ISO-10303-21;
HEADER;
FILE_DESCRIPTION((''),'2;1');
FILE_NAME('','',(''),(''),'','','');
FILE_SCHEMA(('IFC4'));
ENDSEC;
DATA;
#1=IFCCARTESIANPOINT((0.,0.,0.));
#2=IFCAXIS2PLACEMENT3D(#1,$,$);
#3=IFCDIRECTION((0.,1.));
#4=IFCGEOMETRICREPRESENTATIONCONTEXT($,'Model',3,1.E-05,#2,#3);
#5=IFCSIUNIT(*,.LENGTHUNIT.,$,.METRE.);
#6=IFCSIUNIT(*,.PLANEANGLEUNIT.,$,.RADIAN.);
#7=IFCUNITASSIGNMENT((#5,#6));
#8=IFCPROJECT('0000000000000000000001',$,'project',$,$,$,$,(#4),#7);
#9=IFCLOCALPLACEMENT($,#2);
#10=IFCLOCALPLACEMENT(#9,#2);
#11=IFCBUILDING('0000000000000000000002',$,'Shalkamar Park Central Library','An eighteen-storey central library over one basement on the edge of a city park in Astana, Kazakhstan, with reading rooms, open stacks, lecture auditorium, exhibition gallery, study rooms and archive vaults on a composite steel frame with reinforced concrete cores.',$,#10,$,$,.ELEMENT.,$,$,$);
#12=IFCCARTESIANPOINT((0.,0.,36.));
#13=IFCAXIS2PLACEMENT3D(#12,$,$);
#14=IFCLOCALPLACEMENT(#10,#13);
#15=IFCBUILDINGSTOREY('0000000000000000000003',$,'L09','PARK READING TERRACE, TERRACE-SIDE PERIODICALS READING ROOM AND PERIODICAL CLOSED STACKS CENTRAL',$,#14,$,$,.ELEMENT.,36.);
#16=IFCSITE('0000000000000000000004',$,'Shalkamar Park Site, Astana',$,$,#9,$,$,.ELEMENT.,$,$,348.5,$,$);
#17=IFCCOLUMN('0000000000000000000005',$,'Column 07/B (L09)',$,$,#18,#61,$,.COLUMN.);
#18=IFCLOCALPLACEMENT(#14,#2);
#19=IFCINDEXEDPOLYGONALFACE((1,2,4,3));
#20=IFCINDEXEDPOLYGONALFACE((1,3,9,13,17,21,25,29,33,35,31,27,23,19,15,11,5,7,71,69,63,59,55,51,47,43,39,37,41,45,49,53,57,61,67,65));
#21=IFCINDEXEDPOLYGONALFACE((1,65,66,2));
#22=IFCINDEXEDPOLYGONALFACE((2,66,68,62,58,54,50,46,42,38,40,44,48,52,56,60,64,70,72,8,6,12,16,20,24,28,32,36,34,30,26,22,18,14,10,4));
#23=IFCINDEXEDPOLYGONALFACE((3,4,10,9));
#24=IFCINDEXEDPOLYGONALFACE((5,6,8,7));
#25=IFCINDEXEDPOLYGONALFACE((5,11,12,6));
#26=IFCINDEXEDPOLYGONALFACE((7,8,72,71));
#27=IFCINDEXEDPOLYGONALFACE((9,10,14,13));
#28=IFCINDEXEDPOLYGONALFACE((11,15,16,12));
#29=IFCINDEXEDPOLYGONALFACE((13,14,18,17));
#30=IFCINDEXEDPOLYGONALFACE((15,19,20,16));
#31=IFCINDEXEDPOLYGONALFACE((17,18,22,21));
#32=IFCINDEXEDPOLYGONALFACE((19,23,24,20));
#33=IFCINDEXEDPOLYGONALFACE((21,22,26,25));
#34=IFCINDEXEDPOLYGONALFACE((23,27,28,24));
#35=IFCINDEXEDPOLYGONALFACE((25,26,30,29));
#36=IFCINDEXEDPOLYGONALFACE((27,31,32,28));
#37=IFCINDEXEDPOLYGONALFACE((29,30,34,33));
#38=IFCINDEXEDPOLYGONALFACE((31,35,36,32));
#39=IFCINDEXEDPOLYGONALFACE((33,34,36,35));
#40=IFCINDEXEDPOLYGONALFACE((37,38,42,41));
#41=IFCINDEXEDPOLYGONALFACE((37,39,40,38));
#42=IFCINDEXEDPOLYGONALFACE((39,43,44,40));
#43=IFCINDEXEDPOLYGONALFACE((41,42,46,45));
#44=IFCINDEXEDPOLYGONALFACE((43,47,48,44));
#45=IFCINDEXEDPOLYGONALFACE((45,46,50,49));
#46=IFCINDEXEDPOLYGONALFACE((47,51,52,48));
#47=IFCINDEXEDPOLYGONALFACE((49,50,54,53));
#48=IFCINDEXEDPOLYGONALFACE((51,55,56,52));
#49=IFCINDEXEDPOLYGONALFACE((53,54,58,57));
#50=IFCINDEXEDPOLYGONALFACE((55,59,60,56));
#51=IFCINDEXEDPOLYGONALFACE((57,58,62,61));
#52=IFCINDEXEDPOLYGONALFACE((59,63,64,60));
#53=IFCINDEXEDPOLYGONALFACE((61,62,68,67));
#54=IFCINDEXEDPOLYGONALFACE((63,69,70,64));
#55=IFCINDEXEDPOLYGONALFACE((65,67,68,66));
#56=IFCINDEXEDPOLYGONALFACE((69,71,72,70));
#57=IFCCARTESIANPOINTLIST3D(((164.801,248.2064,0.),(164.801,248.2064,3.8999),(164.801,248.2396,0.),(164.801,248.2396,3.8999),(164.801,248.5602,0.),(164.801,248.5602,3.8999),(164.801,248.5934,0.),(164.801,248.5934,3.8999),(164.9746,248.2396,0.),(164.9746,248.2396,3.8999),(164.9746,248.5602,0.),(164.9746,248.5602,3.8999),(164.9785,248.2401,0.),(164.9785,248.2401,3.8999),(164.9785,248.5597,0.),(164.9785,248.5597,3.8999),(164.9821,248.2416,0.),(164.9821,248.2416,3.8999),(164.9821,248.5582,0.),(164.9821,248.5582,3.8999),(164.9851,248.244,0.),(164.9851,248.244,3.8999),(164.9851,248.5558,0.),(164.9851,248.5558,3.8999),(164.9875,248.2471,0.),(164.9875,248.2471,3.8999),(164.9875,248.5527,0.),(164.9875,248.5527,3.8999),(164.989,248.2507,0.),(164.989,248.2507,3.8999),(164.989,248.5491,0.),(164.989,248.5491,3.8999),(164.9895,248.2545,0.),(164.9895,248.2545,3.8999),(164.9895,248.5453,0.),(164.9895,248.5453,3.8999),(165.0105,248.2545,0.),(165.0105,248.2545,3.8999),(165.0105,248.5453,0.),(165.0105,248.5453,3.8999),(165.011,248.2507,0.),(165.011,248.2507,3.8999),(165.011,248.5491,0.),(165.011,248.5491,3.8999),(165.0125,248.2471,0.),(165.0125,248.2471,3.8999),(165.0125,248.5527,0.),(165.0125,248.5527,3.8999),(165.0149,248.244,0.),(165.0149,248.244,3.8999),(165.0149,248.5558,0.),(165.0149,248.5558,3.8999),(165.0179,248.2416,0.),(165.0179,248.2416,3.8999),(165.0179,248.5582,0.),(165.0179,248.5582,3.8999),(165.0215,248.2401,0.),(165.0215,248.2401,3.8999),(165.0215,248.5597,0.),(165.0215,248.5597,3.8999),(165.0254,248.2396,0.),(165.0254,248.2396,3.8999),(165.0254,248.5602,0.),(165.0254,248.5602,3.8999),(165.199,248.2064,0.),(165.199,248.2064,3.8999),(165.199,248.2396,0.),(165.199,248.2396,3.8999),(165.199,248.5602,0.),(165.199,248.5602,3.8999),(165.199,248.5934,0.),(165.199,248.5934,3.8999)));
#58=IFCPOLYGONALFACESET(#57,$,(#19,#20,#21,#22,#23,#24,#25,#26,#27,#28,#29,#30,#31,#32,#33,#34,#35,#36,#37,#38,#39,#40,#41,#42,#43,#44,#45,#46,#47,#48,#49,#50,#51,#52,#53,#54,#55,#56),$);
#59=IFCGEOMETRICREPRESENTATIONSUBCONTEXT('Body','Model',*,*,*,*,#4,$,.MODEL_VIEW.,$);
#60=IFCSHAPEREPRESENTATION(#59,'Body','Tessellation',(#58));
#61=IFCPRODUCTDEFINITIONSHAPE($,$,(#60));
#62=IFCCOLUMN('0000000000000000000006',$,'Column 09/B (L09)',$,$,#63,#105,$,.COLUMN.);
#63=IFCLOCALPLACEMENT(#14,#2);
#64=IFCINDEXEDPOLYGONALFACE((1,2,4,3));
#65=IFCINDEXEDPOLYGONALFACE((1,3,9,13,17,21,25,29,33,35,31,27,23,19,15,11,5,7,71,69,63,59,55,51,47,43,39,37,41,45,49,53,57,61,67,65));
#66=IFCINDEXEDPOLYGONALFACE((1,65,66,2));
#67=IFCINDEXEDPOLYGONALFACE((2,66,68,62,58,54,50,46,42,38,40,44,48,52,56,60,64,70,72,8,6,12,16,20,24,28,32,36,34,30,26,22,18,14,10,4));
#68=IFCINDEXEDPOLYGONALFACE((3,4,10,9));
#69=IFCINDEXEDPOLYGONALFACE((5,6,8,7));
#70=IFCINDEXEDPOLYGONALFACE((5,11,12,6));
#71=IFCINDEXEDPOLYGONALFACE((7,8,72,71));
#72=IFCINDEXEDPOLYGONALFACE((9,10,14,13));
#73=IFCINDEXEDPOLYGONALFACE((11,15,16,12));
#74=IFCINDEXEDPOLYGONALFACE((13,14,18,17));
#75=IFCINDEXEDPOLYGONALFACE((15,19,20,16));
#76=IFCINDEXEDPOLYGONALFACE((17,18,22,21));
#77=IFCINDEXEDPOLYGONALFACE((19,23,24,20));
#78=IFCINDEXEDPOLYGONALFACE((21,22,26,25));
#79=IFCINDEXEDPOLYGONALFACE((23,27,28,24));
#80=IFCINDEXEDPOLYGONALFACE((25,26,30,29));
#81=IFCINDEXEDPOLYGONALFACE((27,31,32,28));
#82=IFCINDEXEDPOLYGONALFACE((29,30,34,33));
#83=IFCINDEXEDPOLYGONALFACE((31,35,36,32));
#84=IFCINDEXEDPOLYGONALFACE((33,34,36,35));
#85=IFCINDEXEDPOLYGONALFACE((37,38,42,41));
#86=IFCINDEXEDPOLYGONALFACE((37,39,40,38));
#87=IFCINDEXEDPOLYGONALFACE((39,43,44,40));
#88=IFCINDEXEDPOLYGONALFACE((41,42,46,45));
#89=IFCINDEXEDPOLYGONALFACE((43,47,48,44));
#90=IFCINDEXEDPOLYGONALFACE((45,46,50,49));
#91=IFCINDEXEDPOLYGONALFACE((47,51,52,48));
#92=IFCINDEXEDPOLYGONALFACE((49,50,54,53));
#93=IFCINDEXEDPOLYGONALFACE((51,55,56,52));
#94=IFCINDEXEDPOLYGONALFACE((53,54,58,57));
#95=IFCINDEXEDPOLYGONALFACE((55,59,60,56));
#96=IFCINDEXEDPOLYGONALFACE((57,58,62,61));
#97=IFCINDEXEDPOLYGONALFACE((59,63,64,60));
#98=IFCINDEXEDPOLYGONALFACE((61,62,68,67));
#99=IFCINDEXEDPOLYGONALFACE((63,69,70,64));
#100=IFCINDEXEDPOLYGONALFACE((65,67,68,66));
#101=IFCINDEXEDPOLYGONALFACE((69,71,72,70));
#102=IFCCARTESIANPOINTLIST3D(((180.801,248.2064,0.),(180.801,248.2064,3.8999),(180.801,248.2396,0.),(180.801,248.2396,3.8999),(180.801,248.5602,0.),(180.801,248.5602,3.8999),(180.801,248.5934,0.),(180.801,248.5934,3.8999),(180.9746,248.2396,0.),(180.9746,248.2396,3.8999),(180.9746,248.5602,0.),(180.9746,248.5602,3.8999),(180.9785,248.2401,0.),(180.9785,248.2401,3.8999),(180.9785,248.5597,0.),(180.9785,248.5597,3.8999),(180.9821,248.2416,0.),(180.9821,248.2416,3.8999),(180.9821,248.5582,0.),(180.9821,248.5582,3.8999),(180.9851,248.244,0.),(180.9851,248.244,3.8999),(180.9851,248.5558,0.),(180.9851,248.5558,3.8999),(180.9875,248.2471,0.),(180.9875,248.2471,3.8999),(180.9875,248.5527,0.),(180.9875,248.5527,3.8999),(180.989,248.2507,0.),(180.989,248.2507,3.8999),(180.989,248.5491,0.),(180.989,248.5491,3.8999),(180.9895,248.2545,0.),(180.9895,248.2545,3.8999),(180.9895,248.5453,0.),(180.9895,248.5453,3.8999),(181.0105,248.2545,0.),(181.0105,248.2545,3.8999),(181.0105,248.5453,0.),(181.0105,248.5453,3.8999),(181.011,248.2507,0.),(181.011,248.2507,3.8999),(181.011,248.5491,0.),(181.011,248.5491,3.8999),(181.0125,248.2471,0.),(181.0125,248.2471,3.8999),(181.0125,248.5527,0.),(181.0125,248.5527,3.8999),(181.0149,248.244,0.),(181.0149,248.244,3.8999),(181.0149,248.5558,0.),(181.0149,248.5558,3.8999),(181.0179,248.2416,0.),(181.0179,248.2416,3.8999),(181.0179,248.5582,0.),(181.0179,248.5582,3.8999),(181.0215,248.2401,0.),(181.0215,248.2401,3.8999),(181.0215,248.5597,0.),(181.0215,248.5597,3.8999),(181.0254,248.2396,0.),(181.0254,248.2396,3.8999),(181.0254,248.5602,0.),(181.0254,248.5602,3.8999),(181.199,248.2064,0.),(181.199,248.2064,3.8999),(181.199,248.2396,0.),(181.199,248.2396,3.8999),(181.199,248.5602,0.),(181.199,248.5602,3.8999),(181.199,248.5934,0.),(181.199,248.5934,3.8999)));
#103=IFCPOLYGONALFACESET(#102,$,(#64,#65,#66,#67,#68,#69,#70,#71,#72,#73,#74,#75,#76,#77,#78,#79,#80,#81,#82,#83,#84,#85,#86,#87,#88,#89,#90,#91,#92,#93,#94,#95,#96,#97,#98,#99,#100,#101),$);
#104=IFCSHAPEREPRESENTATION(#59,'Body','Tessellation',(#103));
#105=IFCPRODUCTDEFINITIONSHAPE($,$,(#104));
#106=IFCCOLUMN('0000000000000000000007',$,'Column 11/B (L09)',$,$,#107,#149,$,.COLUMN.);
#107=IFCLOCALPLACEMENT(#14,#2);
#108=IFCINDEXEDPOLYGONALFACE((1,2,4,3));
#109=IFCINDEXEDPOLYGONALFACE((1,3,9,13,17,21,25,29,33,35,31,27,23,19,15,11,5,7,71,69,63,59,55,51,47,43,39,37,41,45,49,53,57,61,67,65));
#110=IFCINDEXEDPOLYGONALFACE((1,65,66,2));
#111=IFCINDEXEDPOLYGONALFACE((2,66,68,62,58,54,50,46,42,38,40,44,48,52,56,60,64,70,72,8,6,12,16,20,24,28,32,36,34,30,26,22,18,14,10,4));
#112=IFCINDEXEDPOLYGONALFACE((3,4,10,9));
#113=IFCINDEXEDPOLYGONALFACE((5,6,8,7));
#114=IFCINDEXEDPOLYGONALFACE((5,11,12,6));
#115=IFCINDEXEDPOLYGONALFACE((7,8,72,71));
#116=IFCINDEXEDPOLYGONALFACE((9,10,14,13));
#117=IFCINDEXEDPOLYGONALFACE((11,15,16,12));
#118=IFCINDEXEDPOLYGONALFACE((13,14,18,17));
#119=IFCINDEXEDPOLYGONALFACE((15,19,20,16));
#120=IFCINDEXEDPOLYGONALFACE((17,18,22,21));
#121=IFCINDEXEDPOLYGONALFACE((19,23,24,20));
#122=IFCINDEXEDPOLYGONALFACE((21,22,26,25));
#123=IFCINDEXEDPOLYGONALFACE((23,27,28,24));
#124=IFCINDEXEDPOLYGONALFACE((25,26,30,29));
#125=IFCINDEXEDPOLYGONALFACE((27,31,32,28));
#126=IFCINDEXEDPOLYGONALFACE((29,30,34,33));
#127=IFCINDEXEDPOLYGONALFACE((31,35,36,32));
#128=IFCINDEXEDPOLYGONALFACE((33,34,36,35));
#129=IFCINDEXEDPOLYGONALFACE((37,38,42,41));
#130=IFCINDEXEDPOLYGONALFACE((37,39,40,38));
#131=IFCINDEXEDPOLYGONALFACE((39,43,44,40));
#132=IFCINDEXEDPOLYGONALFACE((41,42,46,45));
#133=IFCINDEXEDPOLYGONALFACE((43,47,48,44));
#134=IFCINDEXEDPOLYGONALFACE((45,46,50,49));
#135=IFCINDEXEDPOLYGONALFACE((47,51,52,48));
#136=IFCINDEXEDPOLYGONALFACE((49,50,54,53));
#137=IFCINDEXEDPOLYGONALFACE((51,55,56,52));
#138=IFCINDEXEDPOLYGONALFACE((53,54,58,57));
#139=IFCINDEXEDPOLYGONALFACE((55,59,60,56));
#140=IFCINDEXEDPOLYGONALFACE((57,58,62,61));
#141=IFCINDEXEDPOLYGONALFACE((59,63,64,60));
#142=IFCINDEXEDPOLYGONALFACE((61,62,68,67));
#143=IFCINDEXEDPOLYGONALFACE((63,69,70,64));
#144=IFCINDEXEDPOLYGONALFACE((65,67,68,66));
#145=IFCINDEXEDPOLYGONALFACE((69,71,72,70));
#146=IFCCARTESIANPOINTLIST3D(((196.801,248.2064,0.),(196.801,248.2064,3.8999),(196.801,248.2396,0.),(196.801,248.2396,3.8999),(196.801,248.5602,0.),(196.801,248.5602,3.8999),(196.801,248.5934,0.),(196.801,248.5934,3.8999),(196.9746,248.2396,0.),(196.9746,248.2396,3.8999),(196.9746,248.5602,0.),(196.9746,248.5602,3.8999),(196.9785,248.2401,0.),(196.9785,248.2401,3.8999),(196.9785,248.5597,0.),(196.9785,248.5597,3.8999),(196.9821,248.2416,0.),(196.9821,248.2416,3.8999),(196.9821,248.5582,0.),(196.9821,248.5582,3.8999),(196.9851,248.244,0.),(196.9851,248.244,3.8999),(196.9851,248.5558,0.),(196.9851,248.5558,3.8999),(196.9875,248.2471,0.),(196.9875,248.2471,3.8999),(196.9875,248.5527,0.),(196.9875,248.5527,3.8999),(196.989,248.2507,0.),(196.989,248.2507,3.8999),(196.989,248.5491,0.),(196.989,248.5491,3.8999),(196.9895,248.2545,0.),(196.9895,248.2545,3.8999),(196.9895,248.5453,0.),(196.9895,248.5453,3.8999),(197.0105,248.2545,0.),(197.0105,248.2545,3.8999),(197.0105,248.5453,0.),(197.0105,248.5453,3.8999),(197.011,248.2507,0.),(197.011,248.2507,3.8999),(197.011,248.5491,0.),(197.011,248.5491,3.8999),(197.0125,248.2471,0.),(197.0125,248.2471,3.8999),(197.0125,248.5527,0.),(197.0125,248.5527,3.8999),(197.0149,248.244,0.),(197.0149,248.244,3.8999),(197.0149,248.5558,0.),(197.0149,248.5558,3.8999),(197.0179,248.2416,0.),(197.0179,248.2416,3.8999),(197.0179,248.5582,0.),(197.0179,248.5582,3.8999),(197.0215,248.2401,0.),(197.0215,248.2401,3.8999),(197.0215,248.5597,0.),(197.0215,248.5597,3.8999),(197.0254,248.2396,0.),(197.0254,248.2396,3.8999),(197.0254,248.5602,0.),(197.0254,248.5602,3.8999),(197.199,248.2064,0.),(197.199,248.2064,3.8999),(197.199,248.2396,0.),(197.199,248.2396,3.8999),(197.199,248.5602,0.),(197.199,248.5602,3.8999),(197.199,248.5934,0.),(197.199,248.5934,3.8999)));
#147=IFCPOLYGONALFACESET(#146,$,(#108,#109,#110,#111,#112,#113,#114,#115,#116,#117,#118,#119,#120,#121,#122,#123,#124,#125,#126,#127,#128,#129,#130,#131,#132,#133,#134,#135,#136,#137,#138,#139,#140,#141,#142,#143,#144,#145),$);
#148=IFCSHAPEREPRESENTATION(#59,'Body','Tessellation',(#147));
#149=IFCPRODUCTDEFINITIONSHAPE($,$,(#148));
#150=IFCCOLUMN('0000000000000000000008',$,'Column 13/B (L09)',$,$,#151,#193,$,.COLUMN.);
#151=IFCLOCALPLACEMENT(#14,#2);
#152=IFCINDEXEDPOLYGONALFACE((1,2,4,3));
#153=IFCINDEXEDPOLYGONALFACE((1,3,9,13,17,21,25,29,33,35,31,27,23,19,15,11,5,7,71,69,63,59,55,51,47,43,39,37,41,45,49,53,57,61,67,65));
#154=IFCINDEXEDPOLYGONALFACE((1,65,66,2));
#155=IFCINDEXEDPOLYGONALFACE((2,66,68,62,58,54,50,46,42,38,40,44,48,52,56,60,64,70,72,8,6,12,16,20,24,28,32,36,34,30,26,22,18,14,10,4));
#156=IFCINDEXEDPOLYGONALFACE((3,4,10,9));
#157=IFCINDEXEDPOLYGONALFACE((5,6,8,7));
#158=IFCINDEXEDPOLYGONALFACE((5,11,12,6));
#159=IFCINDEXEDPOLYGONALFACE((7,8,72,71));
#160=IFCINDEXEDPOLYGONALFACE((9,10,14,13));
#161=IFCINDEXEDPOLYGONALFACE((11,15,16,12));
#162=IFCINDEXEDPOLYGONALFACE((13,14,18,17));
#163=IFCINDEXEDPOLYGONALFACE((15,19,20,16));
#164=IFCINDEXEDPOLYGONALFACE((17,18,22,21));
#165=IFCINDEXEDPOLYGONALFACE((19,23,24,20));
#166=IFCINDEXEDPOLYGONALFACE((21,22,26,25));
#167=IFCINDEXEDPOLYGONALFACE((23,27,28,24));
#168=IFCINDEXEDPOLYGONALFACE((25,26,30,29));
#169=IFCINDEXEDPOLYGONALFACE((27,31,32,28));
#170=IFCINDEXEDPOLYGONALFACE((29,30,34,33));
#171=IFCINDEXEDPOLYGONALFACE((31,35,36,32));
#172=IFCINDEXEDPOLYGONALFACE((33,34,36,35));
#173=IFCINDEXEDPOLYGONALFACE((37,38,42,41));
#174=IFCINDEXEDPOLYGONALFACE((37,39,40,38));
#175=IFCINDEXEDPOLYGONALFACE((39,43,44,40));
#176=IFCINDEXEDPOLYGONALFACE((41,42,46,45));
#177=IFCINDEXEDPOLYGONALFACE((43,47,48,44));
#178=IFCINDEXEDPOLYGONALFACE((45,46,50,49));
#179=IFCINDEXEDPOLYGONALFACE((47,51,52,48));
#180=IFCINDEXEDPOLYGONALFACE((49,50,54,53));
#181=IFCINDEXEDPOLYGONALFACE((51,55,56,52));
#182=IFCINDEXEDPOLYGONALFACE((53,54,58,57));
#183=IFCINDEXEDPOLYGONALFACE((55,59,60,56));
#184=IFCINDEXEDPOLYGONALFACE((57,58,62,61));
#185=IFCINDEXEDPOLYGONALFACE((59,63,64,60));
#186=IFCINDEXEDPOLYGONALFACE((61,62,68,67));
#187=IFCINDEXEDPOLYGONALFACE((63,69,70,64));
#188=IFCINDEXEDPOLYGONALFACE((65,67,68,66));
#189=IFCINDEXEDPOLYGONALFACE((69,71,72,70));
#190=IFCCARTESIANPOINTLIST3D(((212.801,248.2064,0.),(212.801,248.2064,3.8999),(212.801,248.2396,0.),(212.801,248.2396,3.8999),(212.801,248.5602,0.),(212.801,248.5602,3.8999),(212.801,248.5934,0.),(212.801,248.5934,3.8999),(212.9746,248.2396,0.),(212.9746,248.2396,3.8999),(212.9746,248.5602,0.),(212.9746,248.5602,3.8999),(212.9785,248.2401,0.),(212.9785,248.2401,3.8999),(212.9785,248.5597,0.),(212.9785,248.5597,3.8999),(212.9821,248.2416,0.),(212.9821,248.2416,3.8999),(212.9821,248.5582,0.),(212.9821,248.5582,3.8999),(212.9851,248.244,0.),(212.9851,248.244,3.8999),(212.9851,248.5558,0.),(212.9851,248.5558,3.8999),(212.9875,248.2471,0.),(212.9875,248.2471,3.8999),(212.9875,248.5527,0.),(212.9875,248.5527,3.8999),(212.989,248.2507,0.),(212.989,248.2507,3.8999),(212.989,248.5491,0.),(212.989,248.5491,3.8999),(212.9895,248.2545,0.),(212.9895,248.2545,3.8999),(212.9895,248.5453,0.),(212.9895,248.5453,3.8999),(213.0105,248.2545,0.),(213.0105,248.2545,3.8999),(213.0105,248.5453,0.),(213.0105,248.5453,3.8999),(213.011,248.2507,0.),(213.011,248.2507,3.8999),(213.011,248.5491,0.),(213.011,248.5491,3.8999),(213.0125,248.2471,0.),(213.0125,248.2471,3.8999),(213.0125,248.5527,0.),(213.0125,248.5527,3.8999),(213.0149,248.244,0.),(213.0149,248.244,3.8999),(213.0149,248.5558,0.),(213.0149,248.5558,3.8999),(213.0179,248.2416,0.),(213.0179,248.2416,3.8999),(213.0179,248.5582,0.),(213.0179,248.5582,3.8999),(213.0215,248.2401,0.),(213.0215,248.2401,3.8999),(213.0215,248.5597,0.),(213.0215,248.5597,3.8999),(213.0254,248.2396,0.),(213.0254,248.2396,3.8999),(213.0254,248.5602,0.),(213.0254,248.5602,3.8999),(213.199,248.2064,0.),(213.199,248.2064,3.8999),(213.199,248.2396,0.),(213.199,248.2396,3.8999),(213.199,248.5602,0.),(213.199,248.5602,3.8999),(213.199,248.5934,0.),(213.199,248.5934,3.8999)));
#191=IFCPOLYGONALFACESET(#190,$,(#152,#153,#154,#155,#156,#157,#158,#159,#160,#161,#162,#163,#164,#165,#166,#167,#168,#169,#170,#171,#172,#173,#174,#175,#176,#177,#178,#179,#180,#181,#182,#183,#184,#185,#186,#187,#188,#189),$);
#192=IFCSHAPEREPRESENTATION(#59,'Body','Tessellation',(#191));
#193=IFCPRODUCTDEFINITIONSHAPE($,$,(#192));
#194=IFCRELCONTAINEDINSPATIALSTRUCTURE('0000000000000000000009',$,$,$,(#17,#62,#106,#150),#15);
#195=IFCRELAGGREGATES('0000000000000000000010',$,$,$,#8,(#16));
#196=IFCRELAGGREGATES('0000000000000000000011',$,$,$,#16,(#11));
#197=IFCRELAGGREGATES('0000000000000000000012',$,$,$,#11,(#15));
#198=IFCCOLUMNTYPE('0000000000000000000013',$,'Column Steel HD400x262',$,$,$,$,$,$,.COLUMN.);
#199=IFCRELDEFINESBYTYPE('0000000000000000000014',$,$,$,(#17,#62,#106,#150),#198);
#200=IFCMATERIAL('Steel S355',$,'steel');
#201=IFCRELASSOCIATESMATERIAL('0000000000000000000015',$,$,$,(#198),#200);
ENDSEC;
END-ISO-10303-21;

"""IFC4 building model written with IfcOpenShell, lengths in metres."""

from ifc_helpers import new_model, si_unit, direction, frame, origin, origin_2d, place, context, subcontext, project, spatial, i_section, extrude, material, material_profile, profile_set, type_object, element, save


model = new_model("IFC4")

# Units and contexts
model_context = context("Model", 3, precision=1e-05, world=origin(), true_north=direction((0.0, 1.0)))
body_context = subcontext(model_context, "Body", "Model", "MODEL_VIEW")
ifc_project = project(units=[si_unit("LENGTHUNIT", "METRE"), si_unit("PLANEANGLEUNIT", "RADIAN")], contexts=[model_context])

# Site, building, storey
site_placement = place(None, origin())
site = spatial("IfcSite", under=ifc_project, at=site_placement, Name="Shalkamar Park Site, Astana", CompositionType="ELEMENT", RefElevation=348.5)
building_placement = place(site_placement, origin())
building = spatial("IfcBuilding", under=site, at=building_placement, Name="Shalkamar Park Central Library", Description="An eighteen-storey central library over one basement on the edge of a city park in Astana, Kazakhstan, with reading rooms, open stacks, lecture auditorium, exhibition gallery, study rooms and archive vaults on a composite steel frame with reinforced concrete cores.", CompositionType="ELEMENT")
storey_placement = place(building_placement, frame((0.0, 0.0, 36.0)))
storey = spatial("IfcBuildingStorey", under=building, at=storey_placement, Name="L09", Description="PARK READING TERRACE, TERRACE-SIDE PERIODICALS READING ROOM AND PERIODICAL CLOSED STACKS CENTRAL", CompositionType="ELEMENT", Elevation=36.0)

# Columns
ifc_material_1 = material(Name="Steel S355", Category="steel")
ifc_material_profile_1 = material_profile(ifc_material_1, i_section(OverallWidth=0.3979, OverallDepth=0.387, WebThickness=0.021, FlangeThickness=0.0332, FilletRadius=0.0149, at=origin_2d()), Name="HD 400x262")
ifc_profile_set_1 = profile_set([ifc_material_profile_1], Name="Steel S355")
column_type_1 = type_object("IfcColumnType", Name="Column Steel HD400x262", PredefinedType="COLUMN", material=ifc_profile_set_1)
for number, where, z_axis, x_axis, name in (
    (1, (165.0, 248.3999, 0.0), (0.0, 0.0, 1.0), (1.0, 0.0, 0.0), "Column 07/B (L09)"),
    (2, (181.0, 248.3999, 0.0), (0.0, 0.0, 1.0), (1.0, 0.0, 0.0), "Column 09/B (L09)"),
    (3, (197.0, 248.3999, 0.0), (0.0, 0.0, 1.0), (1.0, 0.0, 0.0), "Column 11/B (L09)"),
    (4, (213.0, 248.3999, 0.0), (0.0, 0.0, 1.0), (1.0, 0.0, 0.0), "Column 13/B (L09)"),
):
    element("IfcColumn", number, at=place(storey_placement, frame(where, z_axis=z_axis, x_axis=x_axis)), inside=storey, type_object=column_type_1, Name=name, PredefinedType="COLUMN", context=body_context, shape_type="SweptSolid", body=[
        extrude(i_section(OverallWidth=0.3979, OverallDepth=0.387, WebThickness=0.021, FlangeThickness=0.0332, FilletRadius=0.0149, at=origin_2d()), origin(), (0.0, 0.0, 1.0), 3.8999),
    ])

save(model, "model.ifc")
